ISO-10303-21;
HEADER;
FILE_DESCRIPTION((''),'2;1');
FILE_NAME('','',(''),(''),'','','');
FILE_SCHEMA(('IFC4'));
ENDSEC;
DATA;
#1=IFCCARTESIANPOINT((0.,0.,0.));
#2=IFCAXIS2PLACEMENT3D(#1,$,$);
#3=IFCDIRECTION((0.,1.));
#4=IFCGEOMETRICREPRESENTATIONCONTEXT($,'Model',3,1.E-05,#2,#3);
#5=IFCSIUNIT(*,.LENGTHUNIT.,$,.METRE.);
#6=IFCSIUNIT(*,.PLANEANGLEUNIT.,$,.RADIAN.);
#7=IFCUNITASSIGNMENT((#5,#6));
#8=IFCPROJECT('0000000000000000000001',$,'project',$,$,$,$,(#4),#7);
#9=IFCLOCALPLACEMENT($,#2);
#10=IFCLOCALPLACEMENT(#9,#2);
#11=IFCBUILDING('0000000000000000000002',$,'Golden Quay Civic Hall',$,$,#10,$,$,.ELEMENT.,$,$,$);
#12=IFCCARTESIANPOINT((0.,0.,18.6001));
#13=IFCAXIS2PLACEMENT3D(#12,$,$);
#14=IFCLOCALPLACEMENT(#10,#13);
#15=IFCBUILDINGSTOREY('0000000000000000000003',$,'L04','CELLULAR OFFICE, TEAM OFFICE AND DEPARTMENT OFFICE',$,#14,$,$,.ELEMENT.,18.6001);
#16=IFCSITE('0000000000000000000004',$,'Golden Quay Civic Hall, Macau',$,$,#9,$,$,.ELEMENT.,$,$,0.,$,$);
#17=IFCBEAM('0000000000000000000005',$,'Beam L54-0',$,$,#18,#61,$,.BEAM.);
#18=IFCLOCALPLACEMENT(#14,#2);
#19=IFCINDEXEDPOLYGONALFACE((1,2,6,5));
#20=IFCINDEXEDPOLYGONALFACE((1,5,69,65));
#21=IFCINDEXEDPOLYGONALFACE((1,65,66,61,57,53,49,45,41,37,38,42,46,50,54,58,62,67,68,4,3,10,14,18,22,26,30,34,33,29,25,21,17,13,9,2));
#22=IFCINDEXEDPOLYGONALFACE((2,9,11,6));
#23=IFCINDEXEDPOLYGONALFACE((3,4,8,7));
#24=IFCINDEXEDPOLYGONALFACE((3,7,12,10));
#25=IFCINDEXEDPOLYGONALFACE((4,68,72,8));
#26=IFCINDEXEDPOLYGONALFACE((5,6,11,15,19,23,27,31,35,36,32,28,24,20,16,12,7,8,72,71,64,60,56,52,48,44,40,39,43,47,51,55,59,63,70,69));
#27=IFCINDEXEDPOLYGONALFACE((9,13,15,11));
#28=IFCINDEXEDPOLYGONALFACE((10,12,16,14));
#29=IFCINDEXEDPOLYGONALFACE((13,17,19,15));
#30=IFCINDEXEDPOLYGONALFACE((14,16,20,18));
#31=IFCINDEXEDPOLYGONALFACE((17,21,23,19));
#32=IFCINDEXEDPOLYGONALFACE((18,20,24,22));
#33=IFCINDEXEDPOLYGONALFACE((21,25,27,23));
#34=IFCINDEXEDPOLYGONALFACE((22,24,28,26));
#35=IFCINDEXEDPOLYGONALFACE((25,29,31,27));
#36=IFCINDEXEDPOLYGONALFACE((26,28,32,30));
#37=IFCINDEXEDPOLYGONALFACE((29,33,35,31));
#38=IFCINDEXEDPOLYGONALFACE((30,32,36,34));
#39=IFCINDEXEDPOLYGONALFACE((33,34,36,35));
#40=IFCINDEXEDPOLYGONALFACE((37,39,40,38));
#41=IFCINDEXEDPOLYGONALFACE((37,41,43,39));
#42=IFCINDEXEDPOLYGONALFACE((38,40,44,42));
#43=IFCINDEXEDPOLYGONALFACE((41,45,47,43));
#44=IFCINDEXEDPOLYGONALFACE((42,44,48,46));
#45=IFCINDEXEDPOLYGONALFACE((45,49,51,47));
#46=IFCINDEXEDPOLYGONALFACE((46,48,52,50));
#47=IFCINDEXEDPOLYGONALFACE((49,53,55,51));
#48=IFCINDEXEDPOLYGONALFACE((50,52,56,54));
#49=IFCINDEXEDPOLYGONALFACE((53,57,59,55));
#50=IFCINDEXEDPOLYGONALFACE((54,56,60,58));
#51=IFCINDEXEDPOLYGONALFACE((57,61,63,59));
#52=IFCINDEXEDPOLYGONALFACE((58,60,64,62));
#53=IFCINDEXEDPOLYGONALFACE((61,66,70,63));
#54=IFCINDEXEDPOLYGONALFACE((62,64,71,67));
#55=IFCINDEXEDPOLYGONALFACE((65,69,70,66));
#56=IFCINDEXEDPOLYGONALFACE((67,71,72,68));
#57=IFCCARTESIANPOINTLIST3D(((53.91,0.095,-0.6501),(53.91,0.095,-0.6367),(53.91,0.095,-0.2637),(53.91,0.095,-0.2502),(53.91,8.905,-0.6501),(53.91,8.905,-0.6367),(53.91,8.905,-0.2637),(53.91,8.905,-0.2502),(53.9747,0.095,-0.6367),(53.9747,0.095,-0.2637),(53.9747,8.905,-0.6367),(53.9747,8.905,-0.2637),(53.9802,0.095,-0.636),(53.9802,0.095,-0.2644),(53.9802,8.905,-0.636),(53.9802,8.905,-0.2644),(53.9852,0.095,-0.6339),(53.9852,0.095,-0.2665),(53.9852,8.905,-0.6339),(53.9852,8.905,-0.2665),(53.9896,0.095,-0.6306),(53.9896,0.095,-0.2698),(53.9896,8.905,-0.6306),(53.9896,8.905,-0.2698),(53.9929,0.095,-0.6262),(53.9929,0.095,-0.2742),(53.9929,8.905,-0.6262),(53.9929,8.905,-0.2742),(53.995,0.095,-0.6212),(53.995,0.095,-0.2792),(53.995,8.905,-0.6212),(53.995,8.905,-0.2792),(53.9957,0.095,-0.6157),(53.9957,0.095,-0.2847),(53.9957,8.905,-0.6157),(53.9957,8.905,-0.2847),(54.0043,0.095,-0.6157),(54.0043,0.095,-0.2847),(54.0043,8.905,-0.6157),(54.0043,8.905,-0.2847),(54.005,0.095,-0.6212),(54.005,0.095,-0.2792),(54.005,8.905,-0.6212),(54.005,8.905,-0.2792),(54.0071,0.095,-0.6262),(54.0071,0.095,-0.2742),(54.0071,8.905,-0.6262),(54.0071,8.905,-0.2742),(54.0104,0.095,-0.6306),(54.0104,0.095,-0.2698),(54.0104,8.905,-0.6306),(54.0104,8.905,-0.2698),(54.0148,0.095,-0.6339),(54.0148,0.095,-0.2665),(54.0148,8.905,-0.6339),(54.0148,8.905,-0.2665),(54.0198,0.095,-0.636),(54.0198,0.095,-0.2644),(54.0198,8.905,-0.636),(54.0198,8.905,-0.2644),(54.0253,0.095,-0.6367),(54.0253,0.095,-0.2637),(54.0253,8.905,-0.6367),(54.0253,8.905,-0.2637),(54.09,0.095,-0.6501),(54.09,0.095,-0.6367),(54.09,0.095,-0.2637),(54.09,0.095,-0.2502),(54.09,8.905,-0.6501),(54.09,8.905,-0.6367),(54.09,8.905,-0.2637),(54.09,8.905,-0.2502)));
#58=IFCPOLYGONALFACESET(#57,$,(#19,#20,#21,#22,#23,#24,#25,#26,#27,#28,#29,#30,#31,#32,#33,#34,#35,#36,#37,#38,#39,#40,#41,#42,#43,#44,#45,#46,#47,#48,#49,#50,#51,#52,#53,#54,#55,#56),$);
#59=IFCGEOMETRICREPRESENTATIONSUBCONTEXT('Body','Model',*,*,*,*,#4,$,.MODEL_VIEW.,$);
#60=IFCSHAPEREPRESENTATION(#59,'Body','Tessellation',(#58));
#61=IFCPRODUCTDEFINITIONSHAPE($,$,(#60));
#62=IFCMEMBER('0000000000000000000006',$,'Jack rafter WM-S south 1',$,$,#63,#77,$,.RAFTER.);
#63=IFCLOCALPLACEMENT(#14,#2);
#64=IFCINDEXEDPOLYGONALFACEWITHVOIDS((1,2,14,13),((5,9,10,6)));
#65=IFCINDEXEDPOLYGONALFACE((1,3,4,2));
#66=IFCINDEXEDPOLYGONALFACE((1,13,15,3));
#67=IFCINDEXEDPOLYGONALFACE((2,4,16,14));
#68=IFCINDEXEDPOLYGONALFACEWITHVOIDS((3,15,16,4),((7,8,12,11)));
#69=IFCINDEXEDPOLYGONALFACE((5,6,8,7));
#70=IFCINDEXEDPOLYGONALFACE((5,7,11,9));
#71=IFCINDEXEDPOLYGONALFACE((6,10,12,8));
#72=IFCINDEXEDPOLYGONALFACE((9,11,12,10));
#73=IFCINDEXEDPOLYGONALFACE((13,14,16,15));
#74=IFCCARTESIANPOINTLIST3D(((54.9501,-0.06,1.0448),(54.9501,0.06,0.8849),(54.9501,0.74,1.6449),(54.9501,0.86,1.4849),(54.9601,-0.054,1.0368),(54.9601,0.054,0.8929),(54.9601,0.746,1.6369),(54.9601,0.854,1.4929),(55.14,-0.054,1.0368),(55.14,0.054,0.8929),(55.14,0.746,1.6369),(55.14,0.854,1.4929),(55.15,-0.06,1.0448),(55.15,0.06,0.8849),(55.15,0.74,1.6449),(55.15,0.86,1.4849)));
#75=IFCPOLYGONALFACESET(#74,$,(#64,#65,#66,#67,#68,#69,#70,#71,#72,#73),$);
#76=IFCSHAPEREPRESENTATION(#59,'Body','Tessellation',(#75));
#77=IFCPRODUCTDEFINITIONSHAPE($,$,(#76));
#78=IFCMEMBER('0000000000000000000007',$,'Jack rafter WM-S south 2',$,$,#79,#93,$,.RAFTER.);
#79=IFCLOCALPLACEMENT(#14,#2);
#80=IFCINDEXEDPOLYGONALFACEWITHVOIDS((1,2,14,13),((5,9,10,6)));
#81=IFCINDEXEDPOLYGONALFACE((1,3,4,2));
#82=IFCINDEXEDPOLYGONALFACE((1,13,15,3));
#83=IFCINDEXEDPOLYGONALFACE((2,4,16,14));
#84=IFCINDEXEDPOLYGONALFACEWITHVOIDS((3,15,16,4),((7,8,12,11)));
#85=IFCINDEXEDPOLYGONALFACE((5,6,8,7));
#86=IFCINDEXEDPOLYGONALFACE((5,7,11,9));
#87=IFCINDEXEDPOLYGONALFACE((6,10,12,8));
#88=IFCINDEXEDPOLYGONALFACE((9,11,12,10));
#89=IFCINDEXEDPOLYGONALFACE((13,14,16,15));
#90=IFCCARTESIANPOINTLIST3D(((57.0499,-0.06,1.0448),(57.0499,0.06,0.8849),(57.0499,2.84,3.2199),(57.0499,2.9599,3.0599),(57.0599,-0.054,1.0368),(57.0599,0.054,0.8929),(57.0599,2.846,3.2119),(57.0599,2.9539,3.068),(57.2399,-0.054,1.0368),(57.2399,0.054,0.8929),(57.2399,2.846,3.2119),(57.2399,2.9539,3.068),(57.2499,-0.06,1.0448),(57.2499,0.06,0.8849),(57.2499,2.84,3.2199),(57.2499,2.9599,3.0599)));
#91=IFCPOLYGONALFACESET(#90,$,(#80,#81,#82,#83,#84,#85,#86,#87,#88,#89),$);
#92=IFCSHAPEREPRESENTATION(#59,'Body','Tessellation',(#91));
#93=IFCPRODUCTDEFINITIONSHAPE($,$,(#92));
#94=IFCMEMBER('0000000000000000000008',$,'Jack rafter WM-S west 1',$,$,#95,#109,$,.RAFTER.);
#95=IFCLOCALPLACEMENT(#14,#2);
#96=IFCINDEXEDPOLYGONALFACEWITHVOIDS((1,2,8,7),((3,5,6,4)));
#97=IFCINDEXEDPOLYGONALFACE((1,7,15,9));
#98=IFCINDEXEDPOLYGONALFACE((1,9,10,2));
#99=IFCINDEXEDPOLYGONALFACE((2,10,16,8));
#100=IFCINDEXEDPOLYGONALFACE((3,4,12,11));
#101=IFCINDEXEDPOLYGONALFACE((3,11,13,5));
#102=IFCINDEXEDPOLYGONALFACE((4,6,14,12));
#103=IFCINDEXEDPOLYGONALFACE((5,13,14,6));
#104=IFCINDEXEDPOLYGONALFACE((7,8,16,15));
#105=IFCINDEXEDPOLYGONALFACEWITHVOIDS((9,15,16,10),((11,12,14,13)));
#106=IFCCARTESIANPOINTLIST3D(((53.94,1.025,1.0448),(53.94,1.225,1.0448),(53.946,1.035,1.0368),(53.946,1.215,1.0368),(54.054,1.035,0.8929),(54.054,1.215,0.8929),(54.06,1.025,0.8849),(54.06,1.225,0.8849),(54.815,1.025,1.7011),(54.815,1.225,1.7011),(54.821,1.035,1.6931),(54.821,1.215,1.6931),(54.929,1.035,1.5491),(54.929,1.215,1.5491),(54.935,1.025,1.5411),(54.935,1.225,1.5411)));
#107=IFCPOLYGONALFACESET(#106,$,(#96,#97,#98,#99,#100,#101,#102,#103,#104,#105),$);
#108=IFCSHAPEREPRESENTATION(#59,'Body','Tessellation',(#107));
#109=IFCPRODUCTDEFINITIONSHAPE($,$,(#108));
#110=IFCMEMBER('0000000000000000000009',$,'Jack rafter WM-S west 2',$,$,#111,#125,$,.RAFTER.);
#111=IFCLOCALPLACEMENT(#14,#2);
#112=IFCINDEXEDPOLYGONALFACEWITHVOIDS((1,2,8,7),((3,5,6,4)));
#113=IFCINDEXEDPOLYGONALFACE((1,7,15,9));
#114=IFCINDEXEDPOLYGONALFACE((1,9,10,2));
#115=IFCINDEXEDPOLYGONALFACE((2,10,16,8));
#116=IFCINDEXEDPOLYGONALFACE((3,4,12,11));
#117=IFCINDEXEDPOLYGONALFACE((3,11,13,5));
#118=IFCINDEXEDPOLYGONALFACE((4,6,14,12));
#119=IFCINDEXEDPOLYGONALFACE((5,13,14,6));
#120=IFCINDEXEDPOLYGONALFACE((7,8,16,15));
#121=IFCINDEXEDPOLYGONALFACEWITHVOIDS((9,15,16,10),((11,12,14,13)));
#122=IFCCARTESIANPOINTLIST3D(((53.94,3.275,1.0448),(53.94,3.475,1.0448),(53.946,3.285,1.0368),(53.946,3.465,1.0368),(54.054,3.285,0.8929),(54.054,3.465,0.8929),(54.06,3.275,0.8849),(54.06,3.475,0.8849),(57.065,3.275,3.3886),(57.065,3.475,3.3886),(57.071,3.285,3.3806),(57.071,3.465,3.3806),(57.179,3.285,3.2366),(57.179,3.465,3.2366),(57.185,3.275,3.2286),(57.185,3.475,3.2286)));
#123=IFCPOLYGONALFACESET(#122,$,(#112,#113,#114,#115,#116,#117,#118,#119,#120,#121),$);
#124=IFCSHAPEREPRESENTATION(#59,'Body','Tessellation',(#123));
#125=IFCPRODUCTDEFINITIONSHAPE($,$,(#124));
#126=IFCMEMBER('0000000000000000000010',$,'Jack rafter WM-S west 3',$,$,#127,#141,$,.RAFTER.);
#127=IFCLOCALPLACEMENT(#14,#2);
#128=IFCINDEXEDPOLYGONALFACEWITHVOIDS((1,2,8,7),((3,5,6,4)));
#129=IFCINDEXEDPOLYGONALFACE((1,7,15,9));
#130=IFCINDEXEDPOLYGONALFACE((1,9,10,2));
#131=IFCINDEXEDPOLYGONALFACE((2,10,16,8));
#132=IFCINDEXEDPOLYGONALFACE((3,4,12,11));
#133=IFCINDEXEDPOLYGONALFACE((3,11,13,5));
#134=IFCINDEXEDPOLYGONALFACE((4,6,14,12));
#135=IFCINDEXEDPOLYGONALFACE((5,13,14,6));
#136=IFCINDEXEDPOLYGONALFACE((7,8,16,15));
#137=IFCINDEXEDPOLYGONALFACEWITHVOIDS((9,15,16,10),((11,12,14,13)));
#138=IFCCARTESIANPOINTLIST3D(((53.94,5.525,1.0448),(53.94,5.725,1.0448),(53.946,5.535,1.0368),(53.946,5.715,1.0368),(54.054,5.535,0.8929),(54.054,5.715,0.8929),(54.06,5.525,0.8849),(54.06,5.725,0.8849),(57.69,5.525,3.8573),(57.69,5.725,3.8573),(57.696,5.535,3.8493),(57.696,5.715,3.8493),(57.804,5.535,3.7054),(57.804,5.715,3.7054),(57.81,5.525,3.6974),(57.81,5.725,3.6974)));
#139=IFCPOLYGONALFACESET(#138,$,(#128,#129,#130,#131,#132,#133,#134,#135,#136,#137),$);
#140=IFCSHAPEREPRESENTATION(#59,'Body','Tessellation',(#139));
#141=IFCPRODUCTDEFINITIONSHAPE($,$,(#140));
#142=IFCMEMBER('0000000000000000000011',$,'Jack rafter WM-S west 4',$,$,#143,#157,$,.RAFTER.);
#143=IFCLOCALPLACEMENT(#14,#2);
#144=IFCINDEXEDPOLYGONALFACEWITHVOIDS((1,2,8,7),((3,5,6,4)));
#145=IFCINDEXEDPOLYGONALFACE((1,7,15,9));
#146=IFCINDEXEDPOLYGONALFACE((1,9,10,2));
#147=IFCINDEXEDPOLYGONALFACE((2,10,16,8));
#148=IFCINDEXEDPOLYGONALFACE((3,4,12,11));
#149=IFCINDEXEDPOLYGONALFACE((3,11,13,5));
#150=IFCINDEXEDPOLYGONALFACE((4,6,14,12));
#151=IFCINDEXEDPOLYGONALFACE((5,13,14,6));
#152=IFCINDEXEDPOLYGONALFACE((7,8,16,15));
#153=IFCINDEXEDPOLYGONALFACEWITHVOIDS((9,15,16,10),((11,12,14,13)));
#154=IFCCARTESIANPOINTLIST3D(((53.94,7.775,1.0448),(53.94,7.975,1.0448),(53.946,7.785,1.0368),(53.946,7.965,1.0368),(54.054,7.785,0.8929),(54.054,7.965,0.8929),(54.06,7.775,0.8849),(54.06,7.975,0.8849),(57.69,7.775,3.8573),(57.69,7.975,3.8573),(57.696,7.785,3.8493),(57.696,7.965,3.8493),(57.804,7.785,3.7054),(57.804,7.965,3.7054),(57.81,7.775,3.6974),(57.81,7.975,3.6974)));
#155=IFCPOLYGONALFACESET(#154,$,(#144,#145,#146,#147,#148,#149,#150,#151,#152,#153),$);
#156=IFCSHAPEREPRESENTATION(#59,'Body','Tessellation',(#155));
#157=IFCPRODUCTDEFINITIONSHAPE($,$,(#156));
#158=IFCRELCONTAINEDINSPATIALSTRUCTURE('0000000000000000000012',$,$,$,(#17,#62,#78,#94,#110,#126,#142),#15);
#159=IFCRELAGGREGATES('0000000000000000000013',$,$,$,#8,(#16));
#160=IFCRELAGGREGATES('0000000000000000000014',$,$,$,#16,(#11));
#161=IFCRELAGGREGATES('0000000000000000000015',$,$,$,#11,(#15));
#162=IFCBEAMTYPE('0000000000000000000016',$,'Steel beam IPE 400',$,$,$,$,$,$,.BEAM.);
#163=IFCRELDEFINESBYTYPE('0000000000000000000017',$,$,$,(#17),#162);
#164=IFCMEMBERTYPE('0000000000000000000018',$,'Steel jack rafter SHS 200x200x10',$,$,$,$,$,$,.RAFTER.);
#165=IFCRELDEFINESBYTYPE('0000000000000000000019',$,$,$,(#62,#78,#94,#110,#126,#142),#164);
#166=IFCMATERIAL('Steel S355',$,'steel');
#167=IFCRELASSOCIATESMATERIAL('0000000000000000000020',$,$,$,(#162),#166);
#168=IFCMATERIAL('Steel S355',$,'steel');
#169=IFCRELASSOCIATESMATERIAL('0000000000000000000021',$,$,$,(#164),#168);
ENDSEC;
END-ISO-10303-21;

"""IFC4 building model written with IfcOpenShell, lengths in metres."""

from ifc_helpers import new_model, si_unit, direction, frame, origin, origin_2d, place, context, subcontext, project, spatial, hollow_rectangle, i_section, extrude, material, material_profile, profile_set, type_object, element, save


model = new_model("IFC4")

# Units and contexts
model_context = context("Model", 3, precision=1e-05, world=origin(), true_north=direction((0.0, 1.0)))
body_context = subcontext(model_context, "Body", "Model", "MODEL_VIEW")
ifc_project = project(units=[si_unit("LENGTHUNIT", "METRE"), si_unit("PLANEANGLEUNIT", "RADIAN")], contexts=[model_context])

# Site, building, storey
site_placement = place(None, origin())
site = spatial("IfcSite", under=ifc_project, at=site_placement, Name="Golden Quay Civic Hall, Macau", CompositionType="ELEMENT", RefElevation=0.0)
building_placement = place(site_placement, origin())
building = spatial("IfcBuilding", under=site, at=building_placement, Name="Golden Quay Civic Hall", CompositionType="ELEMENT")
storey_placement = place(building_placement, frame((0.0, 0.0, 18.6001)))
storey = spatial("IfcBuildingStorey", under=building, at=storey_placement, Name="L04", Description="CELLULAR OFFICE, TEAM OFFICE AND DEPARTMENT OFFICE", CompositionType="ELEMENT", Elevation=18.6001)

# Beam
ifc_material_1 = material(Name="Steel S355", Category="steel")
ifc_material_profile_1 = material_profile(ifc_material_1, i_section(OverallWidth=0.1799, OverallDepth=0.3999, WebThickness=0.0085, FlangeThickness=0.0134, FilletRadius=0.021, at=origin_2d()), Name="IPE 400")
ifc_profile_set_1 = profile_set([ifc_material_profile_1], Name="Steel S355")
beam_type_1 = type_object("IfcBeamType", Name="Steel beam IPE 400", PredefinedType="BEAM", material=ifc_profile_set_1)
beam_1_placement = place(storey_placement, frame((54.0, 0.095, -0.4502), z_axis=(0.0, 1.0, 0.0), x_axis=(-1.0, 0.0, 0.0)))
element("IfcBeam", 1, at=beam_1_placement, inside=storey, type_object=beam_type_1, Name="Beam L54-0", PredefinedType="BEAM", context=body_context, shape_type="SweptSolid", body=[
    extrude(i_section(OverallWidth=0.1799, OverallDepth=0.3999, WebThickness=0.0085, FlangeThickness=0.0134, FilletRadius=0.021, at=origin_2d()), origin(), (0.0, 0.0, 1.0), 8.8101),
])

# Members
ifc_material_2 = material(Name="Steel S355", Category="steel")
ifc_material_profile_2 = material_profile(ifc_material_2, hollow_rectangle(XDim=0.2, YDim=0.2, WallThickness=0.01, at=origin_2d()), Name="SHS 200x200x10")
ifc_profile_set_2 = profile_set([ifc_material_profile_2], Name="Steel S355")
member_type_1 = type_object("IfcMemberType", Name="Steel jack rafter SHS 200x200x10", PredefinedType="RAFTER", material=ifc_profile_set_2)
member_1_placement = place(storey_placement, frame((55.05, 0.0, 0.9648), z_axis=(0.0, 0.799971, 0.600039), x_axis=(-1.0, 0.0, 0.0)))
element("IfcMember", 2, at=member_1_placement, inside=storey, type_object=member_type_1, Name="Jack rafter WM-S south 1", PredefinedType="RAFTER", context=body_context, shape_type="SweptSolid", body=[
    extrude(hollow_rectangle(XDim=0.2, YDim=0.2, WallThickness=0.01, at=origin_2d()), origin(), (0.0, 0.0, 1.0), 1.0),
])
member_2_placement = place(storey_placement, frame((57.1499, 0.0, 0.9648), z_axis=(0.0, 0.799984, 0.600022), x_axis=(-1.0, 0.0, 0.0)))
element("IfcMember", 3, at=member_2_placement, inside=storey, type_object=member_type_1, Name="Jack rafter WM-S south 2", PredefinedType="RAFTER", context=body_context, shape_type="SweptSolid", body=[
    extrude(hollow_rectangle(XDim=0.2, YDim=0.2, WallThickness=0.01, at=origin_2d()), origin(), (0.0, 0.0, 1.0), 3.625),
])
member_3_placement = place(storey_placement, frame((54.0, 1.125, 0.9648), z_axis=(0.8, 0.0, 0.6), x_axis=(0.0, 1.0, 0.0)))
element("IfcMember", 4, at=member_3_placement, inside=storey, type_object=member_type_1, Name="Jack rafter WM-S west 1", PredefinedType="RAFTER", context=body_context, shape_type="SweptSolid", body=[
    extrude(hollow_rectangle(XDim=0.2, YDim=0.2, WallThickness=0.01, at=origin_2d()), origin(), (0.0, 0.0, 1.0), 1.0938),
])
member_4_placement = place(storey_placement, frame((54.0, 3.375, 0.9648), z_axis=(0.8, 0.0, 0.6), x_axis=(0.0, 1.0, 0.0)))
element("IfcMember", 5, at=member_4_placement, inside=storey, type_object=member_type_1, Name="Jack rafter WM-S west 2", PredefinedType="RAFTER", context=body_context, shape_type="SweptSolid", body=[
    extrude(hollow_rectangle(XDim=0.2, YDim=0.2, WallThickness=0.01, at=origin_2d()), origin(), (0.0, 0.0, 1.0), 3.9062),
])
for number, where, z_axis, x_axis, name in (
    (6, (54.0, 5.625, 0.9648), (0.8, 0.0, 0.6), (0.0, 1.0, 0.0), "Jack rafter WM-S west 3"),
    (7, (54.0, 7.875, 0.9648), (0.8, 0.0, 0.6), (0.0, 1.0, 0.0), "Jack rafter WM-S west 4"),
):
    element("IfcMember", number, at=place(storey_placement, frame(where, z_axis=z_axis, x_axis=x_axis)), inside=storey, type_object=member_type_1, Name=name, PredefinedType="RAFTER", context=body_context, shape_type="SweptSolid", body=[
        extrude(hollow_rectangle(XDim=0.2, YDim=0.2, WallThickness=0.01, at=origin_2d()), origin(), (0.0, 0.0, 1.0), 4.6875),
    ])

save(model, "model.ifc")
